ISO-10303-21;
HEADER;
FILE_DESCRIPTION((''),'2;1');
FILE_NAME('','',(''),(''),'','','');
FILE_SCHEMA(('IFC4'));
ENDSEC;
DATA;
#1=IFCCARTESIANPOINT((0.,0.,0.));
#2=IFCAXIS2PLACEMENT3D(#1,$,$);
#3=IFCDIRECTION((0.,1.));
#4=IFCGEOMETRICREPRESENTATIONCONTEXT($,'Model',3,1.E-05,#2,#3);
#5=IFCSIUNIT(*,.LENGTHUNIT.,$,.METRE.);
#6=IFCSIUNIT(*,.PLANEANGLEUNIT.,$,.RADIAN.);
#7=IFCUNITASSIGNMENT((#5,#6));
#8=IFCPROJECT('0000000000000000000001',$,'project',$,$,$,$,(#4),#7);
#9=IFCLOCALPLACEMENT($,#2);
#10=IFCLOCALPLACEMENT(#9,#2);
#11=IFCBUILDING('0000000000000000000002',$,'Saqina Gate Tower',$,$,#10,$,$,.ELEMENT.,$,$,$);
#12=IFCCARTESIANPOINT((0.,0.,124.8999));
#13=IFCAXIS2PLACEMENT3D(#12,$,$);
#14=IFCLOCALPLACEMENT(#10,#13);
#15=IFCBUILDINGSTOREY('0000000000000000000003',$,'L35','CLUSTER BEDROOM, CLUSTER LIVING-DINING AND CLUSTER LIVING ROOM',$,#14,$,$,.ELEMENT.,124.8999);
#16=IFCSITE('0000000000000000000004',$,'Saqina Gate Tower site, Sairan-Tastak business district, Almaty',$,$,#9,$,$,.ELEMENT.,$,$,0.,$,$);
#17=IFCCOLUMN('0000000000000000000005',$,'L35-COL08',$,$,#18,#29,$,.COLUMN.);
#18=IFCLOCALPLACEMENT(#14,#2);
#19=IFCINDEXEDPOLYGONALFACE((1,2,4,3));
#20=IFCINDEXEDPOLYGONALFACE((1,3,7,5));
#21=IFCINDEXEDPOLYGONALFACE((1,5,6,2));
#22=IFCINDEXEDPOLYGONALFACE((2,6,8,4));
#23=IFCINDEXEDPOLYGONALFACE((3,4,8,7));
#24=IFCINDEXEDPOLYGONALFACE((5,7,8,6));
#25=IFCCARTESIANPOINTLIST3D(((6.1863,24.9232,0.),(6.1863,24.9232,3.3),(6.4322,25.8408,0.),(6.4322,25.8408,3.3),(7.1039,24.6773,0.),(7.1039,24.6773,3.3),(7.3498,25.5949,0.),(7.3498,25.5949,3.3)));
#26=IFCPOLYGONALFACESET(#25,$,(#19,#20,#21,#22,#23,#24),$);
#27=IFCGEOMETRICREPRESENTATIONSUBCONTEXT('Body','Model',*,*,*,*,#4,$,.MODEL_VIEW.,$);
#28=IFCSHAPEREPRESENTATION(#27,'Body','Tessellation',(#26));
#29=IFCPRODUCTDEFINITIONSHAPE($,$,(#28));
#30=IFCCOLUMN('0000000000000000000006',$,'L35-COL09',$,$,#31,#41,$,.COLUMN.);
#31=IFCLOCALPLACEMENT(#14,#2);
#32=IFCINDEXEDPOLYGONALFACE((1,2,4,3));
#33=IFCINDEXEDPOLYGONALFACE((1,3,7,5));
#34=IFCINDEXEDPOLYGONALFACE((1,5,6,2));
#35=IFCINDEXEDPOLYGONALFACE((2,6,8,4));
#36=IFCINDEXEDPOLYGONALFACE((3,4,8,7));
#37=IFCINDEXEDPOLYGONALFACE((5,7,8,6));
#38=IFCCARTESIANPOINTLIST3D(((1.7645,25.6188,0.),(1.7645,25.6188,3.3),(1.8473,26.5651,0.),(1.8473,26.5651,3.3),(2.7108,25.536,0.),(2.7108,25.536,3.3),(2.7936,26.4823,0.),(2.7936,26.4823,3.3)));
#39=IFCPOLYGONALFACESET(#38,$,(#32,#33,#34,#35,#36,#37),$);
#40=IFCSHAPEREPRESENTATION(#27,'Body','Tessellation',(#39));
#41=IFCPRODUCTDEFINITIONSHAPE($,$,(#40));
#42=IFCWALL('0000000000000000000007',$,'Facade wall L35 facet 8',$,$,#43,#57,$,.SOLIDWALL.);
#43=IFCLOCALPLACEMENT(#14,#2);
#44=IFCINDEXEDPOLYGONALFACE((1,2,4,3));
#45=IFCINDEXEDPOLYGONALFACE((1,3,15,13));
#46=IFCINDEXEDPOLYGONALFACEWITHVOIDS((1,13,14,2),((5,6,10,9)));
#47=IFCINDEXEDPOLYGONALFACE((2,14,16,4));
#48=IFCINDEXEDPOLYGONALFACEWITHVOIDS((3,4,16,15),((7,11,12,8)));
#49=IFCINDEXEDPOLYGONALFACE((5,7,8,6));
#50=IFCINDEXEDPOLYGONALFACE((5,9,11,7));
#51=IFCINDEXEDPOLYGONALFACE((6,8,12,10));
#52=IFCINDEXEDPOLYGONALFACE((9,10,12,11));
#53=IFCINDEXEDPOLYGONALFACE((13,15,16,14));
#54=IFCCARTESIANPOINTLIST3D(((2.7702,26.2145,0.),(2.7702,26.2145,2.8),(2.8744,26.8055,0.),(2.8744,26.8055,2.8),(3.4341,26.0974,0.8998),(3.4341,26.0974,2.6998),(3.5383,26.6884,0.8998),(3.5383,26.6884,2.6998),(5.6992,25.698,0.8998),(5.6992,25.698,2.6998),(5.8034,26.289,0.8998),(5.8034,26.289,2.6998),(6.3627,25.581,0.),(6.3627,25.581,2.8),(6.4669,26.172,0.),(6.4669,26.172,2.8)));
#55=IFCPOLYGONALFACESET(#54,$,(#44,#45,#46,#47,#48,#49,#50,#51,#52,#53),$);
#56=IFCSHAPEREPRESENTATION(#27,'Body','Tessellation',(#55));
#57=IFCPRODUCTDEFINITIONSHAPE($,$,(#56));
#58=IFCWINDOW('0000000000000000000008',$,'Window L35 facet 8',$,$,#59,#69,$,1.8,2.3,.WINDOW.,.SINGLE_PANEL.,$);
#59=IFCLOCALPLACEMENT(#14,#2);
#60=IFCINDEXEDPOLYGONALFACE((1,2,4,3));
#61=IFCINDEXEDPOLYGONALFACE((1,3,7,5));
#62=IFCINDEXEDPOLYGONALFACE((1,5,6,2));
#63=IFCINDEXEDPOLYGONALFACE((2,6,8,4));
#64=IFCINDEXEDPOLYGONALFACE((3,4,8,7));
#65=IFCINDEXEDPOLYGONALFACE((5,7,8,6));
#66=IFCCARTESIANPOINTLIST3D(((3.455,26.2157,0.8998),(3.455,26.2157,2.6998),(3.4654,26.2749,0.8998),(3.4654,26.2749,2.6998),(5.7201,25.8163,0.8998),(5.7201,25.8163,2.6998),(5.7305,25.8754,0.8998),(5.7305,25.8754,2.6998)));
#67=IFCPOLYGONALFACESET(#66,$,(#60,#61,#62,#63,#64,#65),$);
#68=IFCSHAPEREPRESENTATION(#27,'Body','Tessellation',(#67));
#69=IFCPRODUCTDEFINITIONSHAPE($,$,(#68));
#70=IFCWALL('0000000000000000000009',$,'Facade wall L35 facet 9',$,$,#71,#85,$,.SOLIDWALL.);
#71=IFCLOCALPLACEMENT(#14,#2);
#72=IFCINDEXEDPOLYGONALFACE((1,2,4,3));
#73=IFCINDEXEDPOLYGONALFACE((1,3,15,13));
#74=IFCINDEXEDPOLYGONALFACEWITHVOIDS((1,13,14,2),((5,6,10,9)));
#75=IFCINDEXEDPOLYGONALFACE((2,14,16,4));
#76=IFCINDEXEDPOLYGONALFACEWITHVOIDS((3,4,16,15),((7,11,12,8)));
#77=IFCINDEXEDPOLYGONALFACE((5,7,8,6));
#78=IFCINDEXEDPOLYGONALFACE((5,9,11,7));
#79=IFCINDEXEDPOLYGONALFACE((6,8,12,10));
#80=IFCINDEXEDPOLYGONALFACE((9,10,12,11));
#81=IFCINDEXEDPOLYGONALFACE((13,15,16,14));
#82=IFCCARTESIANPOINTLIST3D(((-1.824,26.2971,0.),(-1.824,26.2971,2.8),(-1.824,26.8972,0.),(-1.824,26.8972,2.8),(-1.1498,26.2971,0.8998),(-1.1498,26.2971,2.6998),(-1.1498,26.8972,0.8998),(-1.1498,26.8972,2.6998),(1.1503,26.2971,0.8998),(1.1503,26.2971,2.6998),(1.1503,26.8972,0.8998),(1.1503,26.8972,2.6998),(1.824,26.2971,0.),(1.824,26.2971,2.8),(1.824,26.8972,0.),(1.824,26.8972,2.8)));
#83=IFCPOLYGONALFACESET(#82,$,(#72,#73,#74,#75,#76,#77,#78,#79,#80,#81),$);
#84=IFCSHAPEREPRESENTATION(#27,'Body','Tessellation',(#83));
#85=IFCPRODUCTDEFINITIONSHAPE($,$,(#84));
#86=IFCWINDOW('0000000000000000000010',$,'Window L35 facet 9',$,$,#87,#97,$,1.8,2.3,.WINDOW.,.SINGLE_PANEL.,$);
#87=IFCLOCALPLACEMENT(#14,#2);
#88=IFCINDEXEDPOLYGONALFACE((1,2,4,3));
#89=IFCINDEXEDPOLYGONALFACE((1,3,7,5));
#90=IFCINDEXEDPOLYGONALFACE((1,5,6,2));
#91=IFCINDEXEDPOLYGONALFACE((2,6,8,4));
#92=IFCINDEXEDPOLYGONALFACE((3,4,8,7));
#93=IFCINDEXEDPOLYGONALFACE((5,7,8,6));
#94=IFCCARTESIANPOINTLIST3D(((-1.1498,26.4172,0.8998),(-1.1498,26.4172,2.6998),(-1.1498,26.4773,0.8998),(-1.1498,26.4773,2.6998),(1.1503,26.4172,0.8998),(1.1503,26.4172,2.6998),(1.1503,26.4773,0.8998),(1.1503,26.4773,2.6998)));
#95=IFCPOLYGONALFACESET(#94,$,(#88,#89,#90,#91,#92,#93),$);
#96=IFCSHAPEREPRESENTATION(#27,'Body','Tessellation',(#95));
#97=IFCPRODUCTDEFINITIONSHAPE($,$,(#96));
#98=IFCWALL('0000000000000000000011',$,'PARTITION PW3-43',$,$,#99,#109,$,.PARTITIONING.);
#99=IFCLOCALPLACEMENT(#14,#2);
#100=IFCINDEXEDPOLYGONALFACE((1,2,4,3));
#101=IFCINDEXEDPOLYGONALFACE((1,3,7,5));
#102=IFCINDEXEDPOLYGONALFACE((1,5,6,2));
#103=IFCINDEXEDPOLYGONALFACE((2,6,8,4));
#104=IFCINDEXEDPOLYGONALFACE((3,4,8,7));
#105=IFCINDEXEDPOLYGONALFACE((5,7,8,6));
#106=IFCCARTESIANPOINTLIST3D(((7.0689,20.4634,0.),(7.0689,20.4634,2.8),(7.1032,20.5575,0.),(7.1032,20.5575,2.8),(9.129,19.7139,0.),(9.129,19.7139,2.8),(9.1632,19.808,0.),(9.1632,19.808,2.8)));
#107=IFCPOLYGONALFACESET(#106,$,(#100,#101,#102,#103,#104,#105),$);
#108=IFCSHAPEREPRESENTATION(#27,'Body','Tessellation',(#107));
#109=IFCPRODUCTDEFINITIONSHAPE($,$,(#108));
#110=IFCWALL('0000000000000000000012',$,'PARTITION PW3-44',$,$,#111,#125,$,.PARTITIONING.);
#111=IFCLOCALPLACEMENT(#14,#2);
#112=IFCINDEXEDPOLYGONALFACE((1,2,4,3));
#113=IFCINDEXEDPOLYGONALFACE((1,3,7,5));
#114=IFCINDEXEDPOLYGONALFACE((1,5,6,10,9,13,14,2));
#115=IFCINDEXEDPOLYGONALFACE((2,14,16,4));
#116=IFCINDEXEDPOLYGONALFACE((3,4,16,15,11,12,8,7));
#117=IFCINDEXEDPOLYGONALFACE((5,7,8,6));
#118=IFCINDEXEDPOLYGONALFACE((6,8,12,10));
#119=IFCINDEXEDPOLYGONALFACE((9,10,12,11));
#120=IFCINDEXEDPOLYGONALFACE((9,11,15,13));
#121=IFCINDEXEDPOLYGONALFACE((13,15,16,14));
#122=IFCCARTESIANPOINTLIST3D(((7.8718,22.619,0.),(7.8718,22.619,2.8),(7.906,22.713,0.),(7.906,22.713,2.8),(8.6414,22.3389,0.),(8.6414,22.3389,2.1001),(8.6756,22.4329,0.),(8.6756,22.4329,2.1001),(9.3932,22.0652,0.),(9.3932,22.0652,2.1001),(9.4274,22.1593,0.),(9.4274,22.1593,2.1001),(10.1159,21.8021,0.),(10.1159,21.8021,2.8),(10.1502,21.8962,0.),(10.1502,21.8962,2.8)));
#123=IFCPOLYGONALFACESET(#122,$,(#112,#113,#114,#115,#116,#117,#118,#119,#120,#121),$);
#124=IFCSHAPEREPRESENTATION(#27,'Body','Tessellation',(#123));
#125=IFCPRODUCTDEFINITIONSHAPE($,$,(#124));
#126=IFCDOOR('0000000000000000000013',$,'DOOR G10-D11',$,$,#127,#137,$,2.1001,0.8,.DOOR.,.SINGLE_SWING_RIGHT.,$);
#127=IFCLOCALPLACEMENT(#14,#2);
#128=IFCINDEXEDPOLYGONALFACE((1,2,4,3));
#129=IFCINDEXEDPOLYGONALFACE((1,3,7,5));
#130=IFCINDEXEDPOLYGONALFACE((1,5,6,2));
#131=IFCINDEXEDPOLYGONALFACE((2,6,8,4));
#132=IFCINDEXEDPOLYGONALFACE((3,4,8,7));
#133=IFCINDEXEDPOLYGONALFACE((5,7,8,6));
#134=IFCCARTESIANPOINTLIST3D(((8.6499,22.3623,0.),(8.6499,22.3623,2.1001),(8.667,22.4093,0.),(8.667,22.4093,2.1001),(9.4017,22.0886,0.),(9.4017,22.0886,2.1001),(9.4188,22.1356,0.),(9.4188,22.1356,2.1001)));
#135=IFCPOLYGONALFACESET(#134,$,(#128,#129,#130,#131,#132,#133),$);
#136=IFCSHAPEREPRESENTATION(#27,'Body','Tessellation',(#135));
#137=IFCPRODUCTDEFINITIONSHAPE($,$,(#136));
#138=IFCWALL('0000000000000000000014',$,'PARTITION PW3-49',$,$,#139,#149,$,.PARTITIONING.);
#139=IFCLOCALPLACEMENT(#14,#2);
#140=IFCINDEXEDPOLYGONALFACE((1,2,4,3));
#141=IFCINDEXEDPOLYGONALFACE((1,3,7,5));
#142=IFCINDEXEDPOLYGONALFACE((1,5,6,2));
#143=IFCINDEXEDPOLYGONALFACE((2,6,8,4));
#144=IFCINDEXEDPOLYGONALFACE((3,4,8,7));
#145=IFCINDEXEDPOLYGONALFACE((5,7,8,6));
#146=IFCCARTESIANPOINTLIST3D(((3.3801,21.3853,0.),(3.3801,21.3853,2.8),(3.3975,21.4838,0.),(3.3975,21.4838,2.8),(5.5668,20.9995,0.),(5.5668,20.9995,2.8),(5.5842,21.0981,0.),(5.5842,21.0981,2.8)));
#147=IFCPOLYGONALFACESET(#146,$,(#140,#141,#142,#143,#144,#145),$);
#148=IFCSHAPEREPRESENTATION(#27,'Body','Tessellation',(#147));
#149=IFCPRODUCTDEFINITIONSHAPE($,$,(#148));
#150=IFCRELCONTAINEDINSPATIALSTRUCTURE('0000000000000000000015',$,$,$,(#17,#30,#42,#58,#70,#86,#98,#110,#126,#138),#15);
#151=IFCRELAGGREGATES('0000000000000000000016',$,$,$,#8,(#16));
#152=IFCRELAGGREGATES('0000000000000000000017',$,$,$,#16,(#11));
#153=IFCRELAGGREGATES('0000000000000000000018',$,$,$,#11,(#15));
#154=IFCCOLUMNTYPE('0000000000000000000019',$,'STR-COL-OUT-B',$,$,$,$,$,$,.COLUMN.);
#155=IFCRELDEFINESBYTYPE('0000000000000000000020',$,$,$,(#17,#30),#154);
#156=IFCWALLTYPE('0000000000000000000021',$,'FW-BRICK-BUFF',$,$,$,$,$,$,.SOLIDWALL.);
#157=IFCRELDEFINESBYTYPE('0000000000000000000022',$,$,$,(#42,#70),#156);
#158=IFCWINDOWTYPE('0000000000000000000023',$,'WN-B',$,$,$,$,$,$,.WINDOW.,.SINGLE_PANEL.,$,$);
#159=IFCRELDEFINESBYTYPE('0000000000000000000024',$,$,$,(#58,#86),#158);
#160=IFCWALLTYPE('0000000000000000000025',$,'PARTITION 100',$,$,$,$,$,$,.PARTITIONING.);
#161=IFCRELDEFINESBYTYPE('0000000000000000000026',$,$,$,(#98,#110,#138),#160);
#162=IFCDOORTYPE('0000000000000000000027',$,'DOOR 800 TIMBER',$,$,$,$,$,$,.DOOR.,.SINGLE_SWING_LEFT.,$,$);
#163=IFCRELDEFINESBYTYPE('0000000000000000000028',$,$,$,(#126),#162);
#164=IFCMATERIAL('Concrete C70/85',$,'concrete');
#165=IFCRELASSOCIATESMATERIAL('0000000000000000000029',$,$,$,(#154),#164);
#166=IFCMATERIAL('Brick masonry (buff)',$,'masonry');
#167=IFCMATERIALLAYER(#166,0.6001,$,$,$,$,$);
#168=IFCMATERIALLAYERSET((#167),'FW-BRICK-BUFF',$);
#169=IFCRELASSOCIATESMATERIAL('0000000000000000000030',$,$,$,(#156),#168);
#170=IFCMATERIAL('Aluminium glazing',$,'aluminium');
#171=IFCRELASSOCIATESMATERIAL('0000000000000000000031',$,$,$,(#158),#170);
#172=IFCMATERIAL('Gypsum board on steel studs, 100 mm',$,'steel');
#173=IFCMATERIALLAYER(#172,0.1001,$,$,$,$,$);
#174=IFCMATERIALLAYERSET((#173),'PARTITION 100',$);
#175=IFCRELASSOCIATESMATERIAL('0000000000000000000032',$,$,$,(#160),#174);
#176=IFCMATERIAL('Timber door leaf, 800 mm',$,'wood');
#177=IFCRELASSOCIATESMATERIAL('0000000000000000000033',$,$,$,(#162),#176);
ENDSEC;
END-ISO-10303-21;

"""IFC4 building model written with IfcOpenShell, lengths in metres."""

from ifc_helpers import new_model, si_unit, direction, frame, frame_2d, origin, origin_2d, place, context, subcontext, project, spatial, rectangle, extrude, material, layer, layer_set, material_profile, profile_set, type_object, element, fill, save


model = new_model("IFC4")

# Units and contexts
model_context = context("Model", 3, precision=1e-05, world=origin(), true_north=direction((0.0, 1.0)))
body_context = subcontext(model_context, "Body", "Model", "MODEL_VIEW")
ifc_project = project(units=[si_unit("LENGTHUNIT", "METRE"), si_unit("PLANEANGLEUNIT", "RADIAN")], contexts=[model_context])

# Site, building, storey
site_placement = place(None, origin())
site = spatial("IfcSite", under=ifc_project, at=site_placement, Name="Saqina Gate Tower site, Sairan-Tastak business district, Almaty", CompositionType="ELEMENT", RefElevation=0.0)
building_placement = place(site_placement, origin())
building = spatial("IfcBuilding", under=site, at=building_placement, Name="Saqina Gate Tower", CompositionType="ELEMENT")
storey_placement = place(building_placement, frame((0.0, 0.0, 124.8999)))
storey = spatial("IfcBuildingStorey", under=building, at=storey_placement, Name="L35", Description="CLUSTER BEDROOM, CLUSTER LIVING-DINING AND CLUSTER LIVING ROOM", CompositionType="ELEMENT", Elevation=124.8999)

# Columns
ifc_material_1 = material(Name="Concrete C70/85", Category="concrete")
ifc_material_profile = material_profile(ifc_material_1, rectangle(XDim=0.95, YDim=0.95, at=origin_2d()), Name="RC 950x950")
ifc_profile_set = profile_set([ifc_material_profile], Name="Concrete C70/85")
column_type = type_object("IfcColumnType", Name="STR-COL-OUT-B", PredefinedType="COLUMN", material=ifc_profile_set)
for number, where, z_axis, x_axis, name in (
    (1, (6.7681, 25.259, 0.0), (0.0, 0.0, 1.0), (0.258819, 0.965926, 0.0), "L35-COL08"),
    (2, (2.2791, 26.0505, 0.0), (0.0, 0.0, 1.0), (0.087156, 0.996195, 0.0), "L35-COL09"),
):
    element("IfcColumn", number, at=place(storey_placement, frame(where, z_axis=z_axis, x_axis=x_axis)), inside=storey, type_object=column_type, Name=name, PredefinedType="COLUMN", context=body_context, shape_type="SweptSolid", body=[
        extrude(rectangle(XDim=0.95, YDim=0.95, at=origin_2d()), origin(), (0.0, 0.0, 1.0), 3.3),
    ])

# Walls, openings, windows
ifc_material_2 = material(Name="Brick masonry (buff)", Category="masonry")
ifc_layer_1 = layer(ifc_material_2, 0.6001)
ifc_layer_set_1 = layer_set([ifc_layer_1], Name="FW-BRICK-BUFF")
wall_type_1 = type_object("IfcWallType", Name="FW-BRICK-BUFF", PredefinedType="SOLIDWALL", material=ifc_layer_set_1)
wall_1_placement = place(storey_placement, frame((6.4148, 25.8765, 0.0), z_axis=(0.0, 0.0, 1.0), x_axis=(-0.984804, 0.173671, 0.0)))
wall_1 = element("IfcWall", 3, at=wall_1_placement, inside=storey, type_object=wall_type_1, Name="Facade wall L35 facet 8", PredefinedType="SOLIDWALL", context=body_context, shape_type="SweptSolid", body=[
    extrude(rectangle(XDim=3.6479, YDim=0.6001, at=frame_2d((1.824, 0.0))), origin(), (0.0, 0.0, 1.0), 2.8),
])
opening_1_placement = place(wall_1_placement, frame((0.6738, 0.0, 0.8999)))
opening_1 = element("IfcOpeningElement", 4, at=opening_1_placement, cuts=wall_1, PredefinedType="OPENING", context=body_context, shape_type="SweptSolid", body=[
    extrude(rectangle(XDim=2.3, YDim=1.8, at=frame_2d((1.1499, 0.8999))), frame((0.0, 0.312, 0.0), z_axis=(0.0, -1.0, 0.0), x_axis=(1.0, 0.0, 0.0)), (0.0, 0.0, 1.0), 0.624),
])
ifc_material_3 = material(Name="Aluminium glazing", Category="aluminium")
window_type = type_object("IfcWindowType", Name="WN-B", PartitioningType="SINGLE_PANEL", PredefinedType="WINDOW", material=ifc_material_3)
window_1_placement = place(opening_1_placement, origin())
window_1 = element("IfcWindow", 5, at=window_1_placement, inside=storey, type_object=window_type, Name="Window L35 facet 8", OverallHeight=1.8, OverallWidth=2.3, PartitioningType="SINGLE_PANEL", PredefinedType="WINDOW", context=body_context, shape_type="SweptSolid", body=[
    extrude(rectangle(XDim=2.3, YDim=1.8, at=frame_2d((1.1499, 0.8999))), frame((0.0, 0.1799, 0.0), z_axis=(0.0, -1.0, 0.0), x_axis=(1.0, 0.0, 0.0)), (0.0, 0.0, 1.0), 0.0601),
])
fill(opening_1, window_1)
wall_2_placement = place(storey_placement, frame((1.824, 26.5972, 0.0), z_axis=(0.0, 0.0, 1.0), x_axis=(-1.0, 0.0, 0.0)))
wall_2 = element("IfcWall", 6, at=wall_2_placement, inside=storey, type_object=wall_type_1, Name="Facade wall L35 facet 9", PredefinedType="SOLIDWALL", context=body_context, shape_type="SweptSolid", body=[
    extrude(rectangle(XDim=3.6479, YDim=0.6001, at=frame_2d((1.824, 0.0))), origin(), (0.0, 0.0, 1.0), 2.8),
])
opening_2_placement = place(wall_2_placement, frame((0.6738, 0.0, 0.8999)))
opening_2 = element("IfcOpeningElement", 7, at=opening_2_placement, cuts=wall_2, PredefinedType="OPENING", context=body_context, shape_type="SweptSolid", body=[
    extrude(rectangle(XDim=2.3, YDim=1.8, at=frame_2d((1.1499, 0.8999))), frame((0.0, 0.312, 0.0), z_axis=(0.0, -1.0, 0.0), x_axis=(1.0, 0.0, 0.0)), (0.0, 0.0, 1.0), 0.624),
])
window_2_placement = place(opening_2_placement, origin())
window_2 = element("IfcWindow", 8, at=window_2_placement, inside=storey, type_object=window_type, Name="Window L35 facet 9", OverallHeight=1.8, OverallWidth=2.3, PartitioningType="SINGLE_PANEL", PredefinedType="WINDOW", context=body_context, shape_type="SweptSolid", body=[
    extrude(rectangle(XDim=2.3, YDim=1.8, at=frame_2d((1.1499, 0.8999))), frame((0.0, 0.1799, 0.0), z_axis=(0.0, -1.0, 0.0), x_axis=(1.0, 0.0, 0.0)), (0.0, 0.0, 1.0), 0.0601),
])
fill(opening_2, window_2)

# Wall
ifc_material_4 = material(Name="Gypsum board on steel studs, 100 mm", Category="steel")
ifc_layer_2 = layer(ifc_material_4, 0.1001)
ifc_layer_set_2 = layer_set([ifc_layer_2], Name="PARTITION 100")
wall_type_2 = type_object("IfcWallType", Name="PARTITION 100", PredefinedType="PARTITIONING", material=ifc_layer_set_2)
wall_3_placement = place(storey_placement, frame((7.0859, 20.5105, 0.0), z_axis=(0.0, 0.0, 1.0), x_axis=(0.939735, -0.341904, 0.0)))
element("IfcWall", 9, at=wall_3_placement, inside=storey, type_object=wall_type_2, Name="PARTITION PW3-43", PredefinedType="PARTITIONING", context=body_context, shape_type="SweptSolid", body=[
    extrude(rectangle(XDim=2.1921, YDim=0.1001, at=frame_2d((1.0962, 0.0))), origin(), (0.0, 0.0, 1.0), 2.8),
])

# Wall, opening, door
wall_4_placement = place(storey_placement, frame((7.8889, 22.666, 0.0), z_axis=(0.0, 0.0, 1.0), x_axis=(0.93968, -0.342055, 0.0)))
wall_4 = element("IfcWall", 10, at=wall_4_placement, inside=storey, type_object=wall_type_2, Name="PARTITION PW3-44", PredefinedType="PARTITIONING", context=body_context, shape_type="SweptSolid", body=[
    extrude(rectangle(XDim=2.3882, YDim=0.1001, at=frame_2d((1.1941, 0.0))), origin(), (0.0, 0.0, 1.0), 2.8),
])
opening_3_placement = place(wall_4_placement, frame((0.8191, 0.0, 0.0)))
opening_3 = element("IfcOpeningElement", 11, at=opening_3_placement, cuts=wall_4, PredefinedType="OPENING", context=body_context, shape_type="SweptSolid", body=[
    extrude(rectangle(XDim=0.8, YDim=2.1001, at=frame_2d((0.3999, 1.05))), frame((0.0, 0.062, 0.0), z_axis=(0.0, -1.0, 0.0), x_axis=(1.0, 0.0, 0.0)), (0.0, 0.0, 1.0), 0.124),
])
ifc_material_5 = material(Name="Timber door leaf, 800 mm", Category="wood")
door_type_1 = type_object("IfcDoorType", Name="DOOR 800 TIMBER", OperationType="SINGLE_SWING_LEFT", PredefinedType="DOOR", material=ifc_material_5)
door_1_placement = place(opening_3_placement, origin())
door_1 = element("IfcDoor", 12, at=door_1_placement, inside=storey, type_object=door_type_1, Name="DOOR G10-D11", OperationType="SINGLE_SWING_RIGHT", OverallHeight=2.1001, OverallWidth=0.8, PredefinedType="DOOR", context=body_context, shape_type="SweptSolid", body=[
    extrude(rectangle(XDim=0.8, YDim=2.1001, at=frame_2d((0.3999, 1.05))), frame((0.0, 0.0249, 0.0), z_axis=(0.0, -1.0, 0.0), x_axis=(1.0, 0.0, 0.0)), (0.0, 0.0, 1.0), 0.05),
])
fill(opening_3, door_1)

# Wall
wall_5_placement = place(storey_placement, frame((3.3887, 21.4346, 0.0), z_axis=(0.0, 0.0, 1.0), x_axis=(0.984796, -0.173716, 0.0)))
element("IfcWall", 13, at=wall_5_placement, inside=storey, type_object=wall_type_2, Name="PARTITION PW3-49", PredefinedType="PARTITIONING", context=body_context, shape_type="SweptSolid", body=[
    extrude(rectangle(XDim=2.2205, YDim=0.1001, at=frame_2d((1.1104, 0.0))), origin(), (0.0, 0.0, 1.0), 2.8),
])

save(model, "model.ifc")
